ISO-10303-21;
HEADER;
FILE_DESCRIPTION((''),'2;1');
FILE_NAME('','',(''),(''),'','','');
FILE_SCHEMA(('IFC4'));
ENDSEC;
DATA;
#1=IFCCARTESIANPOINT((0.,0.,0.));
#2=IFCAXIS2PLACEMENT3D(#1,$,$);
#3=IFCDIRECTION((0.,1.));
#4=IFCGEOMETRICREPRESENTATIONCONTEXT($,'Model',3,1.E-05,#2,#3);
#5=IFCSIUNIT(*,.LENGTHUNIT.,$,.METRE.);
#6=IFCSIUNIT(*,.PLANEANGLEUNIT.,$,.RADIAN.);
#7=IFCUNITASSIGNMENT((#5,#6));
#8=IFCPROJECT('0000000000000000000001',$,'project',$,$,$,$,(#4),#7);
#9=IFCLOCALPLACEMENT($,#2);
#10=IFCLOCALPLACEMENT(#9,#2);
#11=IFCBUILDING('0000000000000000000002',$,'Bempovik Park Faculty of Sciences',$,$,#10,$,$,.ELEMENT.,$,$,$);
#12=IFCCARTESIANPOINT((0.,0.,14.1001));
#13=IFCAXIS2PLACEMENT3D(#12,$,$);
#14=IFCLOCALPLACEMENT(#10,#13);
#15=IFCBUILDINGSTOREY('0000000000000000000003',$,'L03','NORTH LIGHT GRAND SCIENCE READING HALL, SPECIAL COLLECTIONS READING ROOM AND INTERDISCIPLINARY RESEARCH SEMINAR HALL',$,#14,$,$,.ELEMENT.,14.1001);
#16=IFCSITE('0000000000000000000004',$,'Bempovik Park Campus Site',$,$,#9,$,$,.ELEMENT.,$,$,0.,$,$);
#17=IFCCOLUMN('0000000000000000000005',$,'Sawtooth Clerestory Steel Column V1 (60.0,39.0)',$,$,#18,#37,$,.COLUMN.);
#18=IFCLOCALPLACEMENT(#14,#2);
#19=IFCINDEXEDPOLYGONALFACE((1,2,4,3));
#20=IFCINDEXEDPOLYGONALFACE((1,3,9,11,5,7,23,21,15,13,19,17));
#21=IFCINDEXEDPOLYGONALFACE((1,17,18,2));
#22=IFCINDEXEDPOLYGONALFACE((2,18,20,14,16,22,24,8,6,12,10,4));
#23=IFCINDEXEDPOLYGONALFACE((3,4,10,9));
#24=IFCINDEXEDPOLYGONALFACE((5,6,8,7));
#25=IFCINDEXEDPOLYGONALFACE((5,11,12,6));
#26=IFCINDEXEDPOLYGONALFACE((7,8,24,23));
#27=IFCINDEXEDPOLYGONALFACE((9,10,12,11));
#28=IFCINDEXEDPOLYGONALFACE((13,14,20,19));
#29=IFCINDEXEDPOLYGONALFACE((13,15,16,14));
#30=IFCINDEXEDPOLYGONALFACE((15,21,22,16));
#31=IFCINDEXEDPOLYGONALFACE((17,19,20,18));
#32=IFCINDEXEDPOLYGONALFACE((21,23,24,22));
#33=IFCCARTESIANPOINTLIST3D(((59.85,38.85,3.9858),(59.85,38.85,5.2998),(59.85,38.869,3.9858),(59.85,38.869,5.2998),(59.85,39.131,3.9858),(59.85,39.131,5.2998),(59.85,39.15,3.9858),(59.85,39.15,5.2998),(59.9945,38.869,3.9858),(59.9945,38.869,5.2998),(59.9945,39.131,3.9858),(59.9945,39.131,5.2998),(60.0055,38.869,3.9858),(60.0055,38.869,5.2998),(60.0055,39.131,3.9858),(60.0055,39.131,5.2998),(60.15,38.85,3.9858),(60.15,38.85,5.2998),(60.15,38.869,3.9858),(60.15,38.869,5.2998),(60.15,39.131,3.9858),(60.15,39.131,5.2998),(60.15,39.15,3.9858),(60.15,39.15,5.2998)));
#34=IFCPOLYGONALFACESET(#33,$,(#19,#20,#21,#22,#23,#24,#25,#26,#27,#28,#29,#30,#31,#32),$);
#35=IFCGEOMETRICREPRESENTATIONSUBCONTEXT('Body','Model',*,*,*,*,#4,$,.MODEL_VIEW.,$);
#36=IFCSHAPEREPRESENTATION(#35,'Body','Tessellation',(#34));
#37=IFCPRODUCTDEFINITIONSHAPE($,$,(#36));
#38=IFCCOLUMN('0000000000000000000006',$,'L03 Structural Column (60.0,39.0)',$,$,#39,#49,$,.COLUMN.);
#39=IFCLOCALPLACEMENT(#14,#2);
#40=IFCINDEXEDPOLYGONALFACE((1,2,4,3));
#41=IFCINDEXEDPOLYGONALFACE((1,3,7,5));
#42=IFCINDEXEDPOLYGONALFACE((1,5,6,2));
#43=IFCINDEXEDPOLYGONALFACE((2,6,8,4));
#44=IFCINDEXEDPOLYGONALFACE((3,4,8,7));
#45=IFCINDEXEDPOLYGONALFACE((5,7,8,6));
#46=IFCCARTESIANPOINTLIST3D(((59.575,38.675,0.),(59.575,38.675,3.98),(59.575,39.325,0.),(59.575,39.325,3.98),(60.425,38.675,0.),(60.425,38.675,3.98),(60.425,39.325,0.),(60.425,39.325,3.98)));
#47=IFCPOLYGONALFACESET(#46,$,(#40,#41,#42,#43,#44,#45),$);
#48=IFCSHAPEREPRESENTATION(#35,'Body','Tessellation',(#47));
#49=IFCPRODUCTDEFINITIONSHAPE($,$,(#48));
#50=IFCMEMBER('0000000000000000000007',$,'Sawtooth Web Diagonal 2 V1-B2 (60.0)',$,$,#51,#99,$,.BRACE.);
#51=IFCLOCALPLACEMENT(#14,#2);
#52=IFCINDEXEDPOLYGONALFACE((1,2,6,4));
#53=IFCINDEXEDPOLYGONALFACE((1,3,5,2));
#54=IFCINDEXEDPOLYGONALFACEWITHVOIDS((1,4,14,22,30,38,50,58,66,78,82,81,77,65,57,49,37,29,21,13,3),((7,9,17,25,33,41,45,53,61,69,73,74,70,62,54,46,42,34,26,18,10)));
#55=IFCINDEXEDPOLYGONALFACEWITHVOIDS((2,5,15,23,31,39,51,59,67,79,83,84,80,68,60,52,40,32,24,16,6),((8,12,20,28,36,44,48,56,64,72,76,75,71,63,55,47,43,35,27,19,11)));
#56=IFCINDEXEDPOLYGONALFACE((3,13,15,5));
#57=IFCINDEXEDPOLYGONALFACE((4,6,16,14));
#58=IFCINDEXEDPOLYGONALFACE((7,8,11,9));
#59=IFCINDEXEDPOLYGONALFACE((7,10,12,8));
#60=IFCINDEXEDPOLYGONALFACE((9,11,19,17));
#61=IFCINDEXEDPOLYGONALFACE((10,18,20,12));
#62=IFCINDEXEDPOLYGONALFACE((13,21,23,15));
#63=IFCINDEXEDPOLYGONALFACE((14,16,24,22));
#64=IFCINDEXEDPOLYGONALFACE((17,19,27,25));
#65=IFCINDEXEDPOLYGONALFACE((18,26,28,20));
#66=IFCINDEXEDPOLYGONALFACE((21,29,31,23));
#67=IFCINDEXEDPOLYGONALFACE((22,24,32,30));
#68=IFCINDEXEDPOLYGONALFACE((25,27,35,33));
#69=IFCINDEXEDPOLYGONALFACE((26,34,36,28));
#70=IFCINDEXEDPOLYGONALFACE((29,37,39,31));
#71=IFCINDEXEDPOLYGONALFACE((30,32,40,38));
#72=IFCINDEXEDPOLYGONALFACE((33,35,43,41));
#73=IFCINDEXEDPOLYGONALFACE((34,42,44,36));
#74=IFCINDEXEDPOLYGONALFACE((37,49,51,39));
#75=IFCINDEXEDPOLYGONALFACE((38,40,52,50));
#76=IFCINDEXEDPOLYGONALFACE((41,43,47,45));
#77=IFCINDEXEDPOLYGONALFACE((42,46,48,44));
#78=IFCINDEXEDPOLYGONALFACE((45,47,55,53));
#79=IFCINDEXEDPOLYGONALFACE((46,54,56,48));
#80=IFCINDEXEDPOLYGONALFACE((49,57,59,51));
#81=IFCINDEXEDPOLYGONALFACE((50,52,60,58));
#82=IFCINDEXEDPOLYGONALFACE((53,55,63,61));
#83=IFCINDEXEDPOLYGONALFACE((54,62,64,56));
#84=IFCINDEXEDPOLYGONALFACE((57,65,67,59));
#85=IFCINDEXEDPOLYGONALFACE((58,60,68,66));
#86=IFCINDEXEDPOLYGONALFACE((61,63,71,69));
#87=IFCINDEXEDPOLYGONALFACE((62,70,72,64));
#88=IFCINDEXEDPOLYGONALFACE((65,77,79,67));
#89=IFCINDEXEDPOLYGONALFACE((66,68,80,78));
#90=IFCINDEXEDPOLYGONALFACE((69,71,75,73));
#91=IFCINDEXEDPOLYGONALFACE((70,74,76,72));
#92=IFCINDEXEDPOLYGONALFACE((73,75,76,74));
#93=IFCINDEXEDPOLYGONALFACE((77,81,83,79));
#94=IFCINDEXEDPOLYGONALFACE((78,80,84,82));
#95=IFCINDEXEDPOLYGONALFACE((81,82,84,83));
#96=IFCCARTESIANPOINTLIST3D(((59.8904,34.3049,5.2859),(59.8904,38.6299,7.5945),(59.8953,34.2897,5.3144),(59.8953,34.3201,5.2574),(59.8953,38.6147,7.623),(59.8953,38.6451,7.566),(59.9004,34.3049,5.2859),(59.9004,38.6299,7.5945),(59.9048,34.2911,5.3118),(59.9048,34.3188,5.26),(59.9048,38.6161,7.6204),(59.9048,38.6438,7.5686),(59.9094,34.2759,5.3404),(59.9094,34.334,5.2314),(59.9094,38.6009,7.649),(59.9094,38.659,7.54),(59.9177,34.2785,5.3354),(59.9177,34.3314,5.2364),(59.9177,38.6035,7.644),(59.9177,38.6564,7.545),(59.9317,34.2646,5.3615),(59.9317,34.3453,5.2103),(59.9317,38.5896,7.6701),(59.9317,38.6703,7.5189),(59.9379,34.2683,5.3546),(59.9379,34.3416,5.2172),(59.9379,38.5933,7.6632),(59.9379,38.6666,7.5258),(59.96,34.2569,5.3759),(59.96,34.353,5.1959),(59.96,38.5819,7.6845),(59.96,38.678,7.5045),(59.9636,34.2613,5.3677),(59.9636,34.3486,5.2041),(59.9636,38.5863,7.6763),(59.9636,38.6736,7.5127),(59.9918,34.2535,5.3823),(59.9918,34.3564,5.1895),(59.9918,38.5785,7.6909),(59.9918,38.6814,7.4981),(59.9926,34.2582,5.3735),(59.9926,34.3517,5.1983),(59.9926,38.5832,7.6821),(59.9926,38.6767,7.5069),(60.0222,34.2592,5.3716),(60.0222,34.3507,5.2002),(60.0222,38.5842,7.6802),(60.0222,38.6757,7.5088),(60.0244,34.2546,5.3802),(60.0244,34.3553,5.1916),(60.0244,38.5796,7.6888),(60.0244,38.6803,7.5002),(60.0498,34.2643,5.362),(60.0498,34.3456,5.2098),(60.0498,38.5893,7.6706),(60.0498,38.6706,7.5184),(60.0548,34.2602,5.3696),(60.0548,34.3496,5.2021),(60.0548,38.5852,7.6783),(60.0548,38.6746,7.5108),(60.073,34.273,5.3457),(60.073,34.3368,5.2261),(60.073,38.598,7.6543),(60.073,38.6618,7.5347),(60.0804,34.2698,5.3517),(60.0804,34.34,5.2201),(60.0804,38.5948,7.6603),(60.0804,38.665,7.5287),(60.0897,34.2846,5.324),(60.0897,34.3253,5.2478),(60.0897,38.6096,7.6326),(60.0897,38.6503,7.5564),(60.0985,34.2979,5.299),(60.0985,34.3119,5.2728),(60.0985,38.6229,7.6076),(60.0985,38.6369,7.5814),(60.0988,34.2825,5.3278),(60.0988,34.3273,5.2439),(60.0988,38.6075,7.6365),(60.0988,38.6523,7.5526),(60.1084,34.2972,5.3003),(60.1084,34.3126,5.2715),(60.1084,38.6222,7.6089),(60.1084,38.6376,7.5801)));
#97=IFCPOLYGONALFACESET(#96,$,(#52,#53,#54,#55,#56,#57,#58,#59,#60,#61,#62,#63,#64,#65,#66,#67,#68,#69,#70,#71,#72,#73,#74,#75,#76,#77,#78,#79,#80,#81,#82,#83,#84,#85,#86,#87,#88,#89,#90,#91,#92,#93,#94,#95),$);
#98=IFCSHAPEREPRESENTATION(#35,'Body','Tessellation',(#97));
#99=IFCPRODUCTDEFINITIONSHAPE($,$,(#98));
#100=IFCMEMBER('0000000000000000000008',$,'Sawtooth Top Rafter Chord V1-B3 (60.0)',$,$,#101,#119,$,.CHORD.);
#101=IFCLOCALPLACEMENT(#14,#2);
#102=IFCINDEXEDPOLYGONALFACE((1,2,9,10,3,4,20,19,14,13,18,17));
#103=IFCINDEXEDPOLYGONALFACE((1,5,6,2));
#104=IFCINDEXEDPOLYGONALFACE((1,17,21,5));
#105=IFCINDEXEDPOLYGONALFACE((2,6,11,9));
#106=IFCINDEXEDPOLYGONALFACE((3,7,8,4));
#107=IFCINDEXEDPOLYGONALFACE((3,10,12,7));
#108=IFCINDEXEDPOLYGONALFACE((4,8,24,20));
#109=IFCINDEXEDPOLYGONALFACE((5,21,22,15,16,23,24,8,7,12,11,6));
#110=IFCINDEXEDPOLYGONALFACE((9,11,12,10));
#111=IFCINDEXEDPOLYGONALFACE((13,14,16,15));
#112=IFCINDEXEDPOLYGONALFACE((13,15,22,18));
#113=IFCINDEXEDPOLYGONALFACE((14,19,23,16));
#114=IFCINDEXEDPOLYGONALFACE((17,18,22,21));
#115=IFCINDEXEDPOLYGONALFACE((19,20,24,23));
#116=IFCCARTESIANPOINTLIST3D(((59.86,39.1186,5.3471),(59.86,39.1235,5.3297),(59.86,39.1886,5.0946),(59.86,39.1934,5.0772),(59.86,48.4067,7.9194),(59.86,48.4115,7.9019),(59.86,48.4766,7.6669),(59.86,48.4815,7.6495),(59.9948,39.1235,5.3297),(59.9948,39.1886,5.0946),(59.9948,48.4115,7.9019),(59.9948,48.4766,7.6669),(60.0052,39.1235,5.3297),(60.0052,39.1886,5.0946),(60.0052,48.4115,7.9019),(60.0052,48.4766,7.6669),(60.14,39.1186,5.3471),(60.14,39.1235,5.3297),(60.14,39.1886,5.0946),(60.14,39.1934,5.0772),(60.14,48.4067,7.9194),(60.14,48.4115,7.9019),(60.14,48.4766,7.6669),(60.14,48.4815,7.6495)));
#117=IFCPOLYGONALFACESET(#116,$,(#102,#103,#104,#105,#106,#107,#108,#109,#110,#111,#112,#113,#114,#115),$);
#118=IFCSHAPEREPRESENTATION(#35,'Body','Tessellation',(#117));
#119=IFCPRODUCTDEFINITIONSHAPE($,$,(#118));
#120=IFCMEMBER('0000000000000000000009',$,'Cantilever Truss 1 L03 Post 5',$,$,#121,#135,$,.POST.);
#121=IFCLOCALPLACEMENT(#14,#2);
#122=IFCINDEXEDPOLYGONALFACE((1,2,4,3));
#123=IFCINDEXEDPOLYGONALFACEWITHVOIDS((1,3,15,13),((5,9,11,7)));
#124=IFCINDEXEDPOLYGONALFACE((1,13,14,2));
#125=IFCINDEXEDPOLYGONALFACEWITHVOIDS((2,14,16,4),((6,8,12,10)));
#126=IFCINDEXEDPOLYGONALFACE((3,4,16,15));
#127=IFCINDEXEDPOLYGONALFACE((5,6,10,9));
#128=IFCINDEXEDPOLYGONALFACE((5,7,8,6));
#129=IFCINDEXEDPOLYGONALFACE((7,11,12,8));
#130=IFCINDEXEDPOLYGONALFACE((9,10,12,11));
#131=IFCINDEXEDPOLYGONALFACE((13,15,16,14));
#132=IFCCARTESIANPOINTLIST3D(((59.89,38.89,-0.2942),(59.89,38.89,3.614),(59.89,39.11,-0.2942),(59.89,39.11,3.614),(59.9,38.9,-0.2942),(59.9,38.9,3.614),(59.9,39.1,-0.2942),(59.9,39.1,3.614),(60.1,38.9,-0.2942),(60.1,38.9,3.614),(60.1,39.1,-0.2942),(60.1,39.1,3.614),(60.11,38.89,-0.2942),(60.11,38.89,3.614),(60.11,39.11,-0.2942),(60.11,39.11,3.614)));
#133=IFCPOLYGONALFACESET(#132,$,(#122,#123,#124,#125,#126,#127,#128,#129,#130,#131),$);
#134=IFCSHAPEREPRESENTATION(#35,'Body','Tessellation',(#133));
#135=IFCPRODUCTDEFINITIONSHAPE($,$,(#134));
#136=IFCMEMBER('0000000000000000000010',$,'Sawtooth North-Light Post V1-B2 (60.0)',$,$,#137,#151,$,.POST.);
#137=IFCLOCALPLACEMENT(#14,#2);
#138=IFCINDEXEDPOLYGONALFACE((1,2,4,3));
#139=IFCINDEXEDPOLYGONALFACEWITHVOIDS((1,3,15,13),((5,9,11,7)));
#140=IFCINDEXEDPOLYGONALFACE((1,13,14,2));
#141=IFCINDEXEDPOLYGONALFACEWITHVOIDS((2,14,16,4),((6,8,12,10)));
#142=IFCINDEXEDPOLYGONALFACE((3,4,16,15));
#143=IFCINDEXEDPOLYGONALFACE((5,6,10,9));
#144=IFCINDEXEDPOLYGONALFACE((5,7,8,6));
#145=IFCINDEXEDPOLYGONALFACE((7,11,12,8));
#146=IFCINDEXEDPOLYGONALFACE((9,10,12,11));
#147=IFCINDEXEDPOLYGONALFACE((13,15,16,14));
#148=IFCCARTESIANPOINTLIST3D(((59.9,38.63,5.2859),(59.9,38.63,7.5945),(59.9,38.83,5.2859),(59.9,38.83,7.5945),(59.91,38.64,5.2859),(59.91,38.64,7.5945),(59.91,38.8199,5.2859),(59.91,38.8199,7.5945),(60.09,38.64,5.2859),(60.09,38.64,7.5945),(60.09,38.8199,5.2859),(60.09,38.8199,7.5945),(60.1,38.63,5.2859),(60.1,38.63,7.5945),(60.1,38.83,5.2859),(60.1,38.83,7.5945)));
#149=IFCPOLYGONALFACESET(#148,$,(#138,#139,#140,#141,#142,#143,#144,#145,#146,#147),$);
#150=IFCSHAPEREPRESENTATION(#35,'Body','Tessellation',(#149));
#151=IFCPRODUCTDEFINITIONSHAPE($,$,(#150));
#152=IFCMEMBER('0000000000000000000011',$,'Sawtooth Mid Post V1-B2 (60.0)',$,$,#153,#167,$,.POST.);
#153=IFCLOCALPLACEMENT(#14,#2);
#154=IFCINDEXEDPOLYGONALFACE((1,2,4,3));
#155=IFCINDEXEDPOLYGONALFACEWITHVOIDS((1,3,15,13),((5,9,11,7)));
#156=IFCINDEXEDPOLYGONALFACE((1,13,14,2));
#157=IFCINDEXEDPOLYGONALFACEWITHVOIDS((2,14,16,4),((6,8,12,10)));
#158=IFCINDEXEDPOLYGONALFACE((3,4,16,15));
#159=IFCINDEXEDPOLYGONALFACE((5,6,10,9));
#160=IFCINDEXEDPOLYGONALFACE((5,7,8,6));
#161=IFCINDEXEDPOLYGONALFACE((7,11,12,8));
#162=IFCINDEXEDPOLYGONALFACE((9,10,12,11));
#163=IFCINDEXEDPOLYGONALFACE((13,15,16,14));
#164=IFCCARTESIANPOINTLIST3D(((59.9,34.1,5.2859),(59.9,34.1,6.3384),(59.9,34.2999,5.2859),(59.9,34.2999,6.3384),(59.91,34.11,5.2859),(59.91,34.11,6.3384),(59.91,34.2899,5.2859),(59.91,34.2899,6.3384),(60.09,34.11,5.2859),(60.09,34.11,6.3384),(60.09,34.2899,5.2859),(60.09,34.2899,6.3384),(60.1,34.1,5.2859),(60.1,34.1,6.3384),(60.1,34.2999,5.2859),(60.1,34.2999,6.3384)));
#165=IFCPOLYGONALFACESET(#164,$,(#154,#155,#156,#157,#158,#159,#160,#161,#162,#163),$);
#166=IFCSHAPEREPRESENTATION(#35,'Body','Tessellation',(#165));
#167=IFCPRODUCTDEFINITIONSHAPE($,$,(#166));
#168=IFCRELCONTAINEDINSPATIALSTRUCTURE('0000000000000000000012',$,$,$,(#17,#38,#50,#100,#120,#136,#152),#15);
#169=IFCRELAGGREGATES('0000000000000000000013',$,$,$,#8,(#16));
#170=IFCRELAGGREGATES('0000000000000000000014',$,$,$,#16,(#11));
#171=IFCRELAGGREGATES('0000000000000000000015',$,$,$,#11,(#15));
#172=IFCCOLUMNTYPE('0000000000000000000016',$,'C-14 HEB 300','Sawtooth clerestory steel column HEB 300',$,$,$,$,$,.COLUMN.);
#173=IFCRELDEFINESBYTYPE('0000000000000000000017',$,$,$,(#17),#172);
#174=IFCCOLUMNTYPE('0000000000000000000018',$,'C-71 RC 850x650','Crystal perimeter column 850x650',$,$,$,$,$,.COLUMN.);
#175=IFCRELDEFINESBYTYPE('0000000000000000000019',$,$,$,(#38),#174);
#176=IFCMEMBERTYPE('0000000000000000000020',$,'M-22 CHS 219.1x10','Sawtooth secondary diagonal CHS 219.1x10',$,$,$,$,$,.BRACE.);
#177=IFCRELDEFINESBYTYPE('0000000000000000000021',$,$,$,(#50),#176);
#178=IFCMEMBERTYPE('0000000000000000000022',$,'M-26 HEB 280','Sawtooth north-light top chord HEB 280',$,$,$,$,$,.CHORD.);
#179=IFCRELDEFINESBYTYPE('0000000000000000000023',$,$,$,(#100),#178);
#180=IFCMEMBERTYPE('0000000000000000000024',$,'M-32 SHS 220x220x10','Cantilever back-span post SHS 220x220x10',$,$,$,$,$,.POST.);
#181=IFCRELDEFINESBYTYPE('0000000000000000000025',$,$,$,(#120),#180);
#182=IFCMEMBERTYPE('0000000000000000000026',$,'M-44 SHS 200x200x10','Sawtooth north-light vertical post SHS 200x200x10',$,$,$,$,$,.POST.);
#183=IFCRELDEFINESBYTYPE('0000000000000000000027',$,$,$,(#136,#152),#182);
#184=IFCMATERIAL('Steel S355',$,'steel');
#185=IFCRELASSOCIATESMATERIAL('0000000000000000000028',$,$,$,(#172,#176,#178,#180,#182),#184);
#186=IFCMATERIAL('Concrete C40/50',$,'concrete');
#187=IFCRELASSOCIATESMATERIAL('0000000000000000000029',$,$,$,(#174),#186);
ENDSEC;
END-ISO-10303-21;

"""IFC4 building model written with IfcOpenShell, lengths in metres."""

from ifc_helpers import new_model, si_unit, direction, frame, origin, origin_2d, place, context, subcontext, project, spatial, rectangle, hollow_rectangle, hollow_circle, i_section, extrude, material, material_profile, profile_set, type_object, element, save


model = new_model("IFC4")

# Units and contexts
model_context = context("Model", 3, precision=1e-05, world=origin(), true_north=direction((0.0, 1.0)))
body_context = subcontext(model_context, "Body", "Model", "MODEL_VIEW")
ifc_project = project(units=[si_unit("LENGTHUNIT", "METRE"), si_unit("PLANEANGLEUNIT", "RADIAN")], contexts=[model_context])

# Site, building, storey
site_placement = place(None, origin())
site = spatial("IfcSite", under=ifc_project, at=site_placement, Name="Bempovik Park Campus Site", CompositionType="ELEMENT", RefElevation=0.0)
building_placement = place(site_placement, origin())
building = spatial("IfcBuilding", under=site, at=building_placement, Name="Bempovik Park Faculty of Sciences", CompositionType="ELEMENT")
storey_placement = place(building_placement, frame((0.0, 0.0, 14.1001)))
storey = spatial("IfcBuildingStorey", under=building, at=storey_placement, Name="L03", Description="NORTH LIGHT GRAND SCIENCE READING HALL, SPECIAL COLLECTIONS READING ROOM AND INTERDISCIPLINARY RESEARCH SEMINAR HALL", CompositionType="ELEMENT", Elevation=14.1001)

# Columns
ifc_material_1 = material(Name="Steel S355", Category="steel")
ifc_material_profile_1 = material_profile(ifc_material_1, i_section(OverallWidth=0.3, OverallDepth=0.3, WebThickness=0.011, FlangeThickness=0.019, at=origin_2d()), Name="HEB 300")
ifc_profile_set_1 = profile_set([ifc_material_profile_1], Name="Steel S355")
column_type_1 = type_object("IfcColumnType", Name="C-14 HEB 300", Description="Sawtooth clerestory steel column HEB 300", PredefinedType="COLUMN", material=ifc_profile_set_1)
column_1_placement = place(storey_placement, frame((60.0, 39.0, 3.9858), z_axis=(0.0, 0.0, 1.0), x_axis=(1.0, 0.0, 0.0)))
element("IfcColumn", 1, at=column_1_placement, inside=storey, type_object=column_type_1, Name="Sawtooth Clerestory Steel Column V1 (60.0,39.0)", PredefinedType="COLUMN", context=body_context, shape_type="SweptSolid", body=[
    extrude(i_section(OverallWidth=0.3, OverallDepth=0.3, WebThickness=0.011, FlangeThickness=0.019, at=origin_2d()), origin(), (0.0, 0.0, 1.0), 1.314),
])
ifc_material_2 = material(Name="Concrete C40/50", Category="concrete")
ifc_material_profile_2 = material_profile(ifc_material_2, rectangle(XDim=0.8501, YDim=0.6499, at=origin_2d()), Name="RC 850x650")
ifc_profile_set_2 = profile_set([ifc_material_profile_2], Name="Concrete C40/50")
column_type_2 = type_object("IfcColumnType", Name="C-71 RC 850x650", Description="Crystal perimeter column 850x650", PredefinedType="COLUMN", material=ifc_profile_set_2)
column_2_placement = place(storey_placement, frame((60.0, 39.0, 0.0), z_axis=(0.0, 0.0, 1.0), x_axis=(1.0, 0.0, 0.0)))
element("IfcColumn", 2, at=column_2_placement, inside=storey, type_object=column_type_2, Name="L03 Structural Column (60.0,39.0)", PredefinedType="COLUMN", context=body_context, shape_type="SweptSolid", body=[
    extrude(rectangle(XDim=0.8501, YDim=0.6499, at=origin_2d()), origin(), (0.0, 0.0, 1.0), 3.98),
])

# Members
ifc_material_profile_3 = material_profile(ifc_material_1, hollow_circle(Radius=0.1096, WallThickness=0.01, at=origin_2d()), Name="CHS 219.1x10")
ifc_profile_set_3 = profile_set([ifc_material_profile_3], Name="Steel S355")
member_type_1 = type_object("IfcMemberType", Name="M-22 CHS 219.1x10", Description="Sawtooth secondary diagonal CHS 219.1x10", PredefinedType="BRACE", material=ifc_profile_set_3)
member_1_placement = place(storey_placement, frame((60.0, 34.3049, 5.2859), z_axis=(0.0, 0.882187, 0.470898), x_axis=(-1.0, 0.0, 0.0)))
element("IfcMember", 3, at=member_1_placement, inside=storey, type_object=member_type_1, Name="Sawtooth Web Diagonal 2 V1-B2 (60.0)", PredefinedType="BRACE", context=body_context, shape_type="SweptSolid", body=[
    extrude(hollow_circle(Radius=0.1096, WallThickness=0.01, at=origin_2d()), origin(), (0.0, 0.0, 1.0), 4.9026),
])
ifc_material_profile_4 = material_profile(ifc_material_1, i_section(OverallWidth=0.28, OverallDepth=0.28, WebThickness=0.0105, FlangeThickness=0.0181, at=origin_2d()), Name="HEB 280")
ifc_profile_set_4 = profile_set([ifc_material_profile_4], Name="Steel S355")
member_type_2 = type_object("IfcMemberType", Name="M-26 HEB 280", Description="Sawtooth north-light top chord HEB 280", PredefinedType="CHORD", material=ifc_profile_set_4)
member_2_placement = place(storey_placement, frame((60.0, 39.156, 5.2122), z_axis=(0.0, 0.963725, 0.266896), x_axis=(-1.0, 0.0, 0.0)))
element("IfcMember", 4, at=member_2_placement, inside=storey, type_object=member_type_2, Name="Sawtooth Top Rafter Chord V1-B3 (60.0)", PredefinedType="CHORD", context=body_context, shape_type="SweptSolid", body=[
    extrude(i_section(OverallWidth=0.28, OverallDepth=0.28, WebThickness=0.0105, FlangeThickness=0.0181, at=origin_2d()), origin(), (0.0, 0.0, 1.0), 9.6377),
])
ifc_material_profile_5 = material_profile(ifc_material_1, hollow_rectangle(XDim=0.22, YDim=0.22, WallThickness=0.01, at=origin_2d()), Name="SHS 220x220x10")
ifc_profile_set_5 = profile_set([ifc_material_profile_5], Name="Steel S355")
member_type_3 = type_object("IfcMemberType", Name="M-32 SHS 220x220x10", Description="Cantilever back-span post SHS 220x220x10", PredefinedType="POST", material=ifc_profile_set_5)
member_3_placement = place(storey_placement, frame((60.0, 39.0, -0.2942), z_axis=(0.0, 0.0, 1.0), x_axis=(1.0, 0.0, 0.0)))
element("IfcMember", 5, at=member_3_placement, inside=storey, type_object=member_type_3, Name="Cantilever Truss 1 L03 Post 5", PredefinedType="POST", context=body_context, shape_type="SweptSolid", body=[
    extrude(hollow_rectangle(XDim=0.22, YDim=0.22, WallThickness=0.01, at=origin_2d()), origin(), (0.0, 0.0, 1.0), 3.9082),
])
ifc_material_profile_6 = material_profile(ifc_material_1, hollow_rectangle(XDim=0.2, YDim=0.2, WallThickness=0.01, at=origin_2d()), Name="SHS 200x200x10")
ifc_profile_set_6 = profile_set([ifc_material_profile_6], Name="Steel S355")
member_type_4 = type_object("IfcMemberType", Name="M-44 SHS 200x200x10", Description="Sawtooth north-light vertical post SHS 200x200x10", PredefinedType="POST", material=ifc_profile_set_6)
member_4_placement = place(storey_placement, frame((60.0, 38.73, 5.2859), z_axis=(0.0, 0.0, 1.0), x_axis=(1.0, 0.0, 0.0)))
element("IfcMember", 6, at=member_4_placement, inside=storey, type_object=member_type_4, Name="Sawtooth North-Light Post V1-B2 (60.0)", PredefinedType="POST", context=body_context, shape_type="SweptSolid", body=[
    extrude(hollow_rectangle(XDim=0.2, YDim=0.2, WallThickness=0.01, at=origin_2d()), origin(), (0.0, 0.0, 1.0), 2.3086),
])
member_5_placement = place(storey_placement, frame((60.0, 34.2, 5.2859), z_axis=(0.0, 0.0, 1.0), x_axis=(1.0, 0.0, 0.0)))
element("IfcMember", 7, at=member_5_placement, inside=storey, type_object=member_type_4, Name="Sawtooth Mid Post V1-B2 (60.0)", PredefinedType="POST", context=body_context, shape_type="SweptSolid", body=[
    extrude(hollow_rectangle(XDim=0.2, YDim=0.2, WallThickness=0.01, at=origin_2d()), origin(), (0.0, 0.0, 1.0), 1.0525),
])

save(model, "model.ifc")
